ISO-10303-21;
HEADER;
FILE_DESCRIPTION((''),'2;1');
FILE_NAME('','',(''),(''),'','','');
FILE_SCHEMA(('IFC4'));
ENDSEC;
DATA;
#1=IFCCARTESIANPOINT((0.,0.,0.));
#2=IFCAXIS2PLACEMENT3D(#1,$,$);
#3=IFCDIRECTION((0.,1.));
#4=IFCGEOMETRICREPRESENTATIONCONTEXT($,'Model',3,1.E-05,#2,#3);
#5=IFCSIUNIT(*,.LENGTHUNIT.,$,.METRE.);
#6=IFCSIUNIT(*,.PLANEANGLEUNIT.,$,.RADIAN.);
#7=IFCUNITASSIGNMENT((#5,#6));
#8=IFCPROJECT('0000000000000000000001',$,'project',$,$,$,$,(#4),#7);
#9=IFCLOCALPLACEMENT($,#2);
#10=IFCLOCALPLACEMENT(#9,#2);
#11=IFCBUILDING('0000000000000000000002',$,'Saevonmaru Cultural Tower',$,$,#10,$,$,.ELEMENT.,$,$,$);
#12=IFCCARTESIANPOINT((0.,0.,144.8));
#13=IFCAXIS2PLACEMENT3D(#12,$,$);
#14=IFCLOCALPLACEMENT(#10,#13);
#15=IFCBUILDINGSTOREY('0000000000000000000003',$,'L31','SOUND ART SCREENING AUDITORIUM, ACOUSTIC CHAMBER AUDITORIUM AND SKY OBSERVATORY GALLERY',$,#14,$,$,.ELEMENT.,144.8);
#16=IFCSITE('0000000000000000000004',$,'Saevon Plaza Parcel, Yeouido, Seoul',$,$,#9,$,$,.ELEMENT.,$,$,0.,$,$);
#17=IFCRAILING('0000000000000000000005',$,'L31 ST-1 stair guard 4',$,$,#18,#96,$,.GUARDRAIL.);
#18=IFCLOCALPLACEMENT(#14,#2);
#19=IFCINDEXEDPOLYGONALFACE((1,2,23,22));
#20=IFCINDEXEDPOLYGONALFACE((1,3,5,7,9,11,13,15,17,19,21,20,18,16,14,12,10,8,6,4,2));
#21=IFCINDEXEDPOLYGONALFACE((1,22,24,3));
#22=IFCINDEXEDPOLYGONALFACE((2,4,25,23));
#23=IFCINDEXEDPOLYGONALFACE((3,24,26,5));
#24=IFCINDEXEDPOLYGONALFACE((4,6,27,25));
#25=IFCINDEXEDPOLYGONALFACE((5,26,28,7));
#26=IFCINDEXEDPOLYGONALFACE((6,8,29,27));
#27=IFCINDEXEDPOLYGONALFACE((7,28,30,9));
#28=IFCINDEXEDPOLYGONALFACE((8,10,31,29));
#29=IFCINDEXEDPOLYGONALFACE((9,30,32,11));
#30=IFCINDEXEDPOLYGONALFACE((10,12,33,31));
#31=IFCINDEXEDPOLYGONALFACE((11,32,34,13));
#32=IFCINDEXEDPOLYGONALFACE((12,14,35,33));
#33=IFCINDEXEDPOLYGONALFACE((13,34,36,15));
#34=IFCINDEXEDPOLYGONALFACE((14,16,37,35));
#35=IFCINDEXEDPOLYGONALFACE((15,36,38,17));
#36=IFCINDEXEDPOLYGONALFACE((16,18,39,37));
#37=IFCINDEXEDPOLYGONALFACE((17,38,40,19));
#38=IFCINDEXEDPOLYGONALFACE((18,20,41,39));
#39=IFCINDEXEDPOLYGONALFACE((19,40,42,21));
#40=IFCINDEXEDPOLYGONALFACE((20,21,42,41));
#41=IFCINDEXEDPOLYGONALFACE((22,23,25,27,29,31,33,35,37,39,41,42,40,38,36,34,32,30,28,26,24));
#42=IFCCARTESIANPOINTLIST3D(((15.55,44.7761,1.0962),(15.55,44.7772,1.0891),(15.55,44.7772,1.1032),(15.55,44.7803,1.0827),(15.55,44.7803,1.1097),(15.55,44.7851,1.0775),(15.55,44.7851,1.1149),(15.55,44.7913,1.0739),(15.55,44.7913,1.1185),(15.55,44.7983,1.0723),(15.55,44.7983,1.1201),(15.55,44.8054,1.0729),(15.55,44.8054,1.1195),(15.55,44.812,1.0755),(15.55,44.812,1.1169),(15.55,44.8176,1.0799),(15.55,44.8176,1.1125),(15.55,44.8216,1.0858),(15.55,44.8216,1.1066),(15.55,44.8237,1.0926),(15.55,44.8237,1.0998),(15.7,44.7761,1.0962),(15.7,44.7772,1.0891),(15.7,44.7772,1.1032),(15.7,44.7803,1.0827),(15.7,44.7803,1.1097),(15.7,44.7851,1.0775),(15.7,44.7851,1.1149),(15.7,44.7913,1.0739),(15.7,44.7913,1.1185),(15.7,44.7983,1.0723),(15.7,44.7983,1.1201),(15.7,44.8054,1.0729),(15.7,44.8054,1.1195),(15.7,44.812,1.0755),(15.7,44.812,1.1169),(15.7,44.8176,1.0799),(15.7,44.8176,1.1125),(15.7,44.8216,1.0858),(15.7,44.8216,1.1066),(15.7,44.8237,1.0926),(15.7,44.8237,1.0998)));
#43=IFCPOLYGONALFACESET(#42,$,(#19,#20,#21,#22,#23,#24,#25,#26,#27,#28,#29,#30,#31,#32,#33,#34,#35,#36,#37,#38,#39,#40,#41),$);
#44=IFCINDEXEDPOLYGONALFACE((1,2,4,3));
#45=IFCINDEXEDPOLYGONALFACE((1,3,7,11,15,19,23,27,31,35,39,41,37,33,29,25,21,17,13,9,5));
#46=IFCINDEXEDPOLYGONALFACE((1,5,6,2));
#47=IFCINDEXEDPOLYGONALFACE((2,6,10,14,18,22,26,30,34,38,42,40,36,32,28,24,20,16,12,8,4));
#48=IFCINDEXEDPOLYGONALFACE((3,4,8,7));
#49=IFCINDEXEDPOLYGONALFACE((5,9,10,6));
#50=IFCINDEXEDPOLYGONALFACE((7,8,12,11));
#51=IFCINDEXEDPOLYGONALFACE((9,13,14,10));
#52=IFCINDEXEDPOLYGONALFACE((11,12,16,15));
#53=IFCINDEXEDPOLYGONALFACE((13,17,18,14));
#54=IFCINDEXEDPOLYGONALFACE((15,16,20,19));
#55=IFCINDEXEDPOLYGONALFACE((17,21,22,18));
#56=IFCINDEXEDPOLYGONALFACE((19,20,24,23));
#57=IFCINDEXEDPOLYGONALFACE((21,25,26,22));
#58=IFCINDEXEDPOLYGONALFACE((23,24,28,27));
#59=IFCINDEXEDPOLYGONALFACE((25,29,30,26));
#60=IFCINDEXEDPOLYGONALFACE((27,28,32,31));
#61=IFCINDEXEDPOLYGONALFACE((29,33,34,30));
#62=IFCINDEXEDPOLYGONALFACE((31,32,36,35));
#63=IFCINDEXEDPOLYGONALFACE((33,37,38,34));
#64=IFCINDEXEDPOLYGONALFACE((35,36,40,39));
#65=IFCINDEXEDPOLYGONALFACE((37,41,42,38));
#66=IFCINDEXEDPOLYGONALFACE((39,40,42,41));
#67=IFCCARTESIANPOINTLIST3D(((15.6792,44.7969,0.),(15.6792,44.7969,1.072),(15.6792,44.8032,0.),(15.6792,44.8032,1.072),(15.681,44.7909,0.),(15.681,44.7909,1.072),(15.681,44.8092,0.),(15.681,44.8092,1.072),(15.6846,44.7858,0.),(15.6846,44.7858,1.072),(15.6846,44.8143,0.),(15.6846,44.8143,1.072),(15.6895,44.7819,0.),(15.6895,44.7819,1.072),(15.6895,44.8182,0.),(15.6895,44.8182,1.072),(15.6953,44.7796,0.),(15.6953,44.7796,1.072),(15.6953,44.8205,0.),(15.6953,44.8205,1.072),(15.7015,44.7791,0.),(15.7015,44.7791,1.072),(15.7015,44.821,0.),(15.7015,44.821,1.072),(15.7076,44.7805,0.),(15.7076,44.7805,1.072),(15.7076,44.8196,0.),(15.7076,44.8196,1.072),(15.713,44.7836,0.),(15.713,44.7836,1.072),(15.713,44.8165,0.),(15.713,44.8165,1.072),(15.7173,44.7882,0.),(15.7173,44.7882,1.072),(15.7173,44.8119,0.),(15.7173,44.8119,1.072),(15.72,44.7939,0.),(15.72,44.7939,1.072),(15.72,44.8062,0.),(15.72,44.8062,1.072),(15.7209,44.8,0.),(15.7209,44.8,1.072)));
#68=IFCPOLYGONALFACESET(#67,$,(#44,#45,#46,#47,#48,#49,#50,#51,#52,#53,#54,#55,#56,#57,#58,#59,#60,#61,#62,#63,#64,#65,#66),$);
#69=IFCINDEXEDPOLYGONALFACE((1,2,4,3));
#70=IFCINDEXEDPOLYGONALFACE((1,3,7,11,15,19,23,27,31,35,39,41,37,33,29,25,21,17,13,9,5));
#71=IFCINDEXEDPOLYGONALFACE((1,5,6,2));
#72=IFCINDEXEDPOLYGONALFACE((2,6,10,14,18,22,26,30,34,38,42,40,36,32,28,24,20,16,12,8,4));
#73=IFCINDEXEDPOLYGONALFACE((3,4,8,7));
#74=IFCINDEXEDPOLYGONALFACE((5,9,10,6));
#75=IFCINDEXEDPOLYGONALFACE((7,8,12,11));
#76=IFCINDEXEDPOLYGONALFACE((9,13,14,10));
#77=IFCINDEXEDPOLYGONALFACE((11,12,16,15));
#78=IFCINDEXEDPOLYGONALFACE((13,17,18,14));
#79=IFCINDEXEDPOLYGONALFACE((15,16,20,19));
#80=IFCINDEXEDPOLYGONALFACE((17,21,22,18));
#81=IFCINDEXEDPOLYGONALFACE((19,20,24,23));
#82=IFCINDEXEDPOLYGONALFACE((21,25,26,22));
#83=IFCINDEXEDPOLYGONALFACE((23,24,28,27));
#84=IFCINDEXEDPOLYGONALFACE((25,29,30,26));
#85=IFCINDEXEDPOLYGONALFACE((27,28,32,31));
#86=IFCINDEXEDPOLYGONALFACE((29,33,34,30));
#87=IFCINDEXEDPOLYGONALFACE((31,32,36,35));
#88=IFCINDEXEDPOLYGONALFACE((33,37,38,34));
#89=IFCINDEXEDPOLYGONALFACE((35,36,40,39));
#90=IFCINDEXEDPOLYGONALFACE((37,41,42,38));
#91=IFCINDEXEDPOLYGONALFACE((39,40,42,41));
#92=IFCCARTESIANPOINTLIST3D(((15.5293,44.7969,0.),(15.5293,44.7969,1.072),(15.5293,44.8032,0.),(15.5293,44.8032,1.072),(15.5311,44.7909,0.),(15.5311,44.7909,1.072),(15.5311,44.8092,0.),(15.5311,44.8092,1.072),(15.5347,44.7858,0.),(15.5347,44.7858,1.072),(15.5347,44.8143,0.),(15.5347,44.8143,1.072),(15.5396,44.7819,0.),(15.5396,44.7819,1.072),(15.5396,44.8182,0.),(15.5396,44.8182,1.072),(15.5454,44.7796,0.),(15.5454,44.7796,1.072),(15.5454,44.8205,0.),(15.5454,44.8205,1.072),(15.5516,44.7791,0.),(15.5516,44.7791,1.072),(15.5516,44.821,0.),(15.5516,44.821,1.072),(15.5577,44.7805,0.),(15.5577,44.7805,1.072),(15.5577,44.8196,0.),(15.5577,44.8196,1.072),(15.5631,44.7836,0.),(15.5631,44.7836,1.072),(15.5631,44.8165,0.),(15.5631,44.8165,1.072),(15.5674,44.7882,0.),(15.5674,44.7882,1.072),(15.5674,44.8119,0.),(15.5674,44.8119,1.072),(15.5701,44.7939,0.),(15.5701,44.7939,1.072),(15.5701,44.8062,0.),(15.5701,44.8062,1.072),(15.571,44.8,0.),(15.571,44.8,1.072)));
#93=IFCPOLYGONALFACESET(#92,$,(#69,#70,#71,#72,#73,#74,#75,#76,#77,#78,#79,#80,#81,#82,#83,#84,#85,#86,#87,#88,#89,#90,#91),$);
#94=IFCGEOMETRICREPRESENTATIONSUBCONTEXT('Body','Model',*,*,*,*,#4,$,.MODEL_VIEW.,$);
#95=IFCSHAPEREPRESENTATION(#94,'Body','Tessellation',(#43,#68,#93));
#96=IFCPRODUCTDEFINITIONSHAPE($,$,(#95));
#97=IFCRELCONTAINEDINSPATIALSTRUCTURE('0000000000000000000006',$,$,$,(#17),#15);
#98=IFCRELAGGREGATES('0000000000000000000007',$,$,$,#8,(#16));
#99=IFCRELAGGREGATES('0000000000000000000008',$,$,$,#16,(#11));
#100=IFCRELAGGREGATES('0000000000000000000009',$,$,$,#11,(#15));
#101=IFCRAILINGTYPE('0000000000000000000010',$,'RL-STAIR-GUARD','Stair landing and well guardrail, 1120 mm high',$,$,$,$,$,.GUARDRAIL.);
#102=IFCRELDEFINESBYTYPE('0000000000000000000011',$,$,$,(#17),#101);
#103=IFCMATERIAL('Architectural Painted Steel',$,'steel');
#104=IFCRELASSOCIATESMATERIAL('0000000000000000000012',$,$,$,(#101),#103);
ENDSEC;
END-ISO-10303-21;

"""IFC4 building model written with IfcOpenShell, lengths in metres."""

from ifc_helpers import new_model, si_unit, direction, frame, origin, origin_2d, place, context, subcontext, project, spatial, circle, extrude, material, type_object, element, save


model = new_model("IFC4")

# Units and contexts
model_context = context("Model", 3, precision=1e-05, world=origin(), true_north=direction((0.0, 1.0)))
body_context = subcontext(model_context, "Body", "Model", "MODEL_VIEW")
ifc_project = project(units=[si_unit("LENGTHUNIT", "METRE"), si_unit("PLANEANGLEUNIT", "RADIAN")], contexts=[model_context])

# Site, building, storey
site_placement = place(None, origin())
site = spatial("IfcSite", under=ifc_project, at=site_placement, Name="Saevon Plaza Parcel, Yeouido, Seoul", CompositionType="ELEMENT", RefElevation=0.0)
building_placement = place(site_placement, origin())
building = spatial("IfcBuilding", under=site, at=building_placement, Name="Saevonmaru Cultural Tower", CompositionType="ELEMENT")
storey_placement = place(building_placement, frame((0.0, 0.0, 144.8)))
storey = spatial("IfcBuildingStorey", under=building, at=storey_placement, Name="L31", Description="SOUND ART SCREENING AUDITORIUM, ACOUSTIC CHAMBER AUDITORIUM AND SKY OBSERVATORY GALLERY", CompositionType="ELEMENT", Elevation=144.8)

# Railing
ifc_material_1 = material(Name="Architectural Painted Steel", Category="steel")
railing_type_1 = type_object("IfcRailingType", Name="RL-STAIR-GUARD", Description="Stair landing and well guardrail, 1120 mm high", PredefinedType="GUARDRAIL", material=ifc_material_1)
railing_1_placement = place(storey_placement, frame((15.7, 44.8, 0.0)))
element("IfcRailing", 1, at=railing_1_placement, inside=storey, type_object=railing_type_1, Name="L31 ST-1 stair guard 4", PredefinedType="GUARDRAIL", context=body_context, shape_type="SweptSolid", body=[
    extrude(circle(Radius=0.0239, at=origin_2d()), frame((0.0, 0.0, 1.0962), z_axis=(-1.0, 0.0, 0.0), x_axis=(0.0, -1.0, 0.0)), (0.0, 0.0, 1.0), 0.1499),
    extrude(circle(Radius=0.021, at=origin_2d()), origin(), (0.0, 0.0, 1.0), 1.072),
    extrude(circle(Radius=0.021, at=origin_2d()), frame((-0.1499, 0.0, 0.0)), (0.0, 0.0, 1.0), 1.072),
])

save(model, "model.ifc")
